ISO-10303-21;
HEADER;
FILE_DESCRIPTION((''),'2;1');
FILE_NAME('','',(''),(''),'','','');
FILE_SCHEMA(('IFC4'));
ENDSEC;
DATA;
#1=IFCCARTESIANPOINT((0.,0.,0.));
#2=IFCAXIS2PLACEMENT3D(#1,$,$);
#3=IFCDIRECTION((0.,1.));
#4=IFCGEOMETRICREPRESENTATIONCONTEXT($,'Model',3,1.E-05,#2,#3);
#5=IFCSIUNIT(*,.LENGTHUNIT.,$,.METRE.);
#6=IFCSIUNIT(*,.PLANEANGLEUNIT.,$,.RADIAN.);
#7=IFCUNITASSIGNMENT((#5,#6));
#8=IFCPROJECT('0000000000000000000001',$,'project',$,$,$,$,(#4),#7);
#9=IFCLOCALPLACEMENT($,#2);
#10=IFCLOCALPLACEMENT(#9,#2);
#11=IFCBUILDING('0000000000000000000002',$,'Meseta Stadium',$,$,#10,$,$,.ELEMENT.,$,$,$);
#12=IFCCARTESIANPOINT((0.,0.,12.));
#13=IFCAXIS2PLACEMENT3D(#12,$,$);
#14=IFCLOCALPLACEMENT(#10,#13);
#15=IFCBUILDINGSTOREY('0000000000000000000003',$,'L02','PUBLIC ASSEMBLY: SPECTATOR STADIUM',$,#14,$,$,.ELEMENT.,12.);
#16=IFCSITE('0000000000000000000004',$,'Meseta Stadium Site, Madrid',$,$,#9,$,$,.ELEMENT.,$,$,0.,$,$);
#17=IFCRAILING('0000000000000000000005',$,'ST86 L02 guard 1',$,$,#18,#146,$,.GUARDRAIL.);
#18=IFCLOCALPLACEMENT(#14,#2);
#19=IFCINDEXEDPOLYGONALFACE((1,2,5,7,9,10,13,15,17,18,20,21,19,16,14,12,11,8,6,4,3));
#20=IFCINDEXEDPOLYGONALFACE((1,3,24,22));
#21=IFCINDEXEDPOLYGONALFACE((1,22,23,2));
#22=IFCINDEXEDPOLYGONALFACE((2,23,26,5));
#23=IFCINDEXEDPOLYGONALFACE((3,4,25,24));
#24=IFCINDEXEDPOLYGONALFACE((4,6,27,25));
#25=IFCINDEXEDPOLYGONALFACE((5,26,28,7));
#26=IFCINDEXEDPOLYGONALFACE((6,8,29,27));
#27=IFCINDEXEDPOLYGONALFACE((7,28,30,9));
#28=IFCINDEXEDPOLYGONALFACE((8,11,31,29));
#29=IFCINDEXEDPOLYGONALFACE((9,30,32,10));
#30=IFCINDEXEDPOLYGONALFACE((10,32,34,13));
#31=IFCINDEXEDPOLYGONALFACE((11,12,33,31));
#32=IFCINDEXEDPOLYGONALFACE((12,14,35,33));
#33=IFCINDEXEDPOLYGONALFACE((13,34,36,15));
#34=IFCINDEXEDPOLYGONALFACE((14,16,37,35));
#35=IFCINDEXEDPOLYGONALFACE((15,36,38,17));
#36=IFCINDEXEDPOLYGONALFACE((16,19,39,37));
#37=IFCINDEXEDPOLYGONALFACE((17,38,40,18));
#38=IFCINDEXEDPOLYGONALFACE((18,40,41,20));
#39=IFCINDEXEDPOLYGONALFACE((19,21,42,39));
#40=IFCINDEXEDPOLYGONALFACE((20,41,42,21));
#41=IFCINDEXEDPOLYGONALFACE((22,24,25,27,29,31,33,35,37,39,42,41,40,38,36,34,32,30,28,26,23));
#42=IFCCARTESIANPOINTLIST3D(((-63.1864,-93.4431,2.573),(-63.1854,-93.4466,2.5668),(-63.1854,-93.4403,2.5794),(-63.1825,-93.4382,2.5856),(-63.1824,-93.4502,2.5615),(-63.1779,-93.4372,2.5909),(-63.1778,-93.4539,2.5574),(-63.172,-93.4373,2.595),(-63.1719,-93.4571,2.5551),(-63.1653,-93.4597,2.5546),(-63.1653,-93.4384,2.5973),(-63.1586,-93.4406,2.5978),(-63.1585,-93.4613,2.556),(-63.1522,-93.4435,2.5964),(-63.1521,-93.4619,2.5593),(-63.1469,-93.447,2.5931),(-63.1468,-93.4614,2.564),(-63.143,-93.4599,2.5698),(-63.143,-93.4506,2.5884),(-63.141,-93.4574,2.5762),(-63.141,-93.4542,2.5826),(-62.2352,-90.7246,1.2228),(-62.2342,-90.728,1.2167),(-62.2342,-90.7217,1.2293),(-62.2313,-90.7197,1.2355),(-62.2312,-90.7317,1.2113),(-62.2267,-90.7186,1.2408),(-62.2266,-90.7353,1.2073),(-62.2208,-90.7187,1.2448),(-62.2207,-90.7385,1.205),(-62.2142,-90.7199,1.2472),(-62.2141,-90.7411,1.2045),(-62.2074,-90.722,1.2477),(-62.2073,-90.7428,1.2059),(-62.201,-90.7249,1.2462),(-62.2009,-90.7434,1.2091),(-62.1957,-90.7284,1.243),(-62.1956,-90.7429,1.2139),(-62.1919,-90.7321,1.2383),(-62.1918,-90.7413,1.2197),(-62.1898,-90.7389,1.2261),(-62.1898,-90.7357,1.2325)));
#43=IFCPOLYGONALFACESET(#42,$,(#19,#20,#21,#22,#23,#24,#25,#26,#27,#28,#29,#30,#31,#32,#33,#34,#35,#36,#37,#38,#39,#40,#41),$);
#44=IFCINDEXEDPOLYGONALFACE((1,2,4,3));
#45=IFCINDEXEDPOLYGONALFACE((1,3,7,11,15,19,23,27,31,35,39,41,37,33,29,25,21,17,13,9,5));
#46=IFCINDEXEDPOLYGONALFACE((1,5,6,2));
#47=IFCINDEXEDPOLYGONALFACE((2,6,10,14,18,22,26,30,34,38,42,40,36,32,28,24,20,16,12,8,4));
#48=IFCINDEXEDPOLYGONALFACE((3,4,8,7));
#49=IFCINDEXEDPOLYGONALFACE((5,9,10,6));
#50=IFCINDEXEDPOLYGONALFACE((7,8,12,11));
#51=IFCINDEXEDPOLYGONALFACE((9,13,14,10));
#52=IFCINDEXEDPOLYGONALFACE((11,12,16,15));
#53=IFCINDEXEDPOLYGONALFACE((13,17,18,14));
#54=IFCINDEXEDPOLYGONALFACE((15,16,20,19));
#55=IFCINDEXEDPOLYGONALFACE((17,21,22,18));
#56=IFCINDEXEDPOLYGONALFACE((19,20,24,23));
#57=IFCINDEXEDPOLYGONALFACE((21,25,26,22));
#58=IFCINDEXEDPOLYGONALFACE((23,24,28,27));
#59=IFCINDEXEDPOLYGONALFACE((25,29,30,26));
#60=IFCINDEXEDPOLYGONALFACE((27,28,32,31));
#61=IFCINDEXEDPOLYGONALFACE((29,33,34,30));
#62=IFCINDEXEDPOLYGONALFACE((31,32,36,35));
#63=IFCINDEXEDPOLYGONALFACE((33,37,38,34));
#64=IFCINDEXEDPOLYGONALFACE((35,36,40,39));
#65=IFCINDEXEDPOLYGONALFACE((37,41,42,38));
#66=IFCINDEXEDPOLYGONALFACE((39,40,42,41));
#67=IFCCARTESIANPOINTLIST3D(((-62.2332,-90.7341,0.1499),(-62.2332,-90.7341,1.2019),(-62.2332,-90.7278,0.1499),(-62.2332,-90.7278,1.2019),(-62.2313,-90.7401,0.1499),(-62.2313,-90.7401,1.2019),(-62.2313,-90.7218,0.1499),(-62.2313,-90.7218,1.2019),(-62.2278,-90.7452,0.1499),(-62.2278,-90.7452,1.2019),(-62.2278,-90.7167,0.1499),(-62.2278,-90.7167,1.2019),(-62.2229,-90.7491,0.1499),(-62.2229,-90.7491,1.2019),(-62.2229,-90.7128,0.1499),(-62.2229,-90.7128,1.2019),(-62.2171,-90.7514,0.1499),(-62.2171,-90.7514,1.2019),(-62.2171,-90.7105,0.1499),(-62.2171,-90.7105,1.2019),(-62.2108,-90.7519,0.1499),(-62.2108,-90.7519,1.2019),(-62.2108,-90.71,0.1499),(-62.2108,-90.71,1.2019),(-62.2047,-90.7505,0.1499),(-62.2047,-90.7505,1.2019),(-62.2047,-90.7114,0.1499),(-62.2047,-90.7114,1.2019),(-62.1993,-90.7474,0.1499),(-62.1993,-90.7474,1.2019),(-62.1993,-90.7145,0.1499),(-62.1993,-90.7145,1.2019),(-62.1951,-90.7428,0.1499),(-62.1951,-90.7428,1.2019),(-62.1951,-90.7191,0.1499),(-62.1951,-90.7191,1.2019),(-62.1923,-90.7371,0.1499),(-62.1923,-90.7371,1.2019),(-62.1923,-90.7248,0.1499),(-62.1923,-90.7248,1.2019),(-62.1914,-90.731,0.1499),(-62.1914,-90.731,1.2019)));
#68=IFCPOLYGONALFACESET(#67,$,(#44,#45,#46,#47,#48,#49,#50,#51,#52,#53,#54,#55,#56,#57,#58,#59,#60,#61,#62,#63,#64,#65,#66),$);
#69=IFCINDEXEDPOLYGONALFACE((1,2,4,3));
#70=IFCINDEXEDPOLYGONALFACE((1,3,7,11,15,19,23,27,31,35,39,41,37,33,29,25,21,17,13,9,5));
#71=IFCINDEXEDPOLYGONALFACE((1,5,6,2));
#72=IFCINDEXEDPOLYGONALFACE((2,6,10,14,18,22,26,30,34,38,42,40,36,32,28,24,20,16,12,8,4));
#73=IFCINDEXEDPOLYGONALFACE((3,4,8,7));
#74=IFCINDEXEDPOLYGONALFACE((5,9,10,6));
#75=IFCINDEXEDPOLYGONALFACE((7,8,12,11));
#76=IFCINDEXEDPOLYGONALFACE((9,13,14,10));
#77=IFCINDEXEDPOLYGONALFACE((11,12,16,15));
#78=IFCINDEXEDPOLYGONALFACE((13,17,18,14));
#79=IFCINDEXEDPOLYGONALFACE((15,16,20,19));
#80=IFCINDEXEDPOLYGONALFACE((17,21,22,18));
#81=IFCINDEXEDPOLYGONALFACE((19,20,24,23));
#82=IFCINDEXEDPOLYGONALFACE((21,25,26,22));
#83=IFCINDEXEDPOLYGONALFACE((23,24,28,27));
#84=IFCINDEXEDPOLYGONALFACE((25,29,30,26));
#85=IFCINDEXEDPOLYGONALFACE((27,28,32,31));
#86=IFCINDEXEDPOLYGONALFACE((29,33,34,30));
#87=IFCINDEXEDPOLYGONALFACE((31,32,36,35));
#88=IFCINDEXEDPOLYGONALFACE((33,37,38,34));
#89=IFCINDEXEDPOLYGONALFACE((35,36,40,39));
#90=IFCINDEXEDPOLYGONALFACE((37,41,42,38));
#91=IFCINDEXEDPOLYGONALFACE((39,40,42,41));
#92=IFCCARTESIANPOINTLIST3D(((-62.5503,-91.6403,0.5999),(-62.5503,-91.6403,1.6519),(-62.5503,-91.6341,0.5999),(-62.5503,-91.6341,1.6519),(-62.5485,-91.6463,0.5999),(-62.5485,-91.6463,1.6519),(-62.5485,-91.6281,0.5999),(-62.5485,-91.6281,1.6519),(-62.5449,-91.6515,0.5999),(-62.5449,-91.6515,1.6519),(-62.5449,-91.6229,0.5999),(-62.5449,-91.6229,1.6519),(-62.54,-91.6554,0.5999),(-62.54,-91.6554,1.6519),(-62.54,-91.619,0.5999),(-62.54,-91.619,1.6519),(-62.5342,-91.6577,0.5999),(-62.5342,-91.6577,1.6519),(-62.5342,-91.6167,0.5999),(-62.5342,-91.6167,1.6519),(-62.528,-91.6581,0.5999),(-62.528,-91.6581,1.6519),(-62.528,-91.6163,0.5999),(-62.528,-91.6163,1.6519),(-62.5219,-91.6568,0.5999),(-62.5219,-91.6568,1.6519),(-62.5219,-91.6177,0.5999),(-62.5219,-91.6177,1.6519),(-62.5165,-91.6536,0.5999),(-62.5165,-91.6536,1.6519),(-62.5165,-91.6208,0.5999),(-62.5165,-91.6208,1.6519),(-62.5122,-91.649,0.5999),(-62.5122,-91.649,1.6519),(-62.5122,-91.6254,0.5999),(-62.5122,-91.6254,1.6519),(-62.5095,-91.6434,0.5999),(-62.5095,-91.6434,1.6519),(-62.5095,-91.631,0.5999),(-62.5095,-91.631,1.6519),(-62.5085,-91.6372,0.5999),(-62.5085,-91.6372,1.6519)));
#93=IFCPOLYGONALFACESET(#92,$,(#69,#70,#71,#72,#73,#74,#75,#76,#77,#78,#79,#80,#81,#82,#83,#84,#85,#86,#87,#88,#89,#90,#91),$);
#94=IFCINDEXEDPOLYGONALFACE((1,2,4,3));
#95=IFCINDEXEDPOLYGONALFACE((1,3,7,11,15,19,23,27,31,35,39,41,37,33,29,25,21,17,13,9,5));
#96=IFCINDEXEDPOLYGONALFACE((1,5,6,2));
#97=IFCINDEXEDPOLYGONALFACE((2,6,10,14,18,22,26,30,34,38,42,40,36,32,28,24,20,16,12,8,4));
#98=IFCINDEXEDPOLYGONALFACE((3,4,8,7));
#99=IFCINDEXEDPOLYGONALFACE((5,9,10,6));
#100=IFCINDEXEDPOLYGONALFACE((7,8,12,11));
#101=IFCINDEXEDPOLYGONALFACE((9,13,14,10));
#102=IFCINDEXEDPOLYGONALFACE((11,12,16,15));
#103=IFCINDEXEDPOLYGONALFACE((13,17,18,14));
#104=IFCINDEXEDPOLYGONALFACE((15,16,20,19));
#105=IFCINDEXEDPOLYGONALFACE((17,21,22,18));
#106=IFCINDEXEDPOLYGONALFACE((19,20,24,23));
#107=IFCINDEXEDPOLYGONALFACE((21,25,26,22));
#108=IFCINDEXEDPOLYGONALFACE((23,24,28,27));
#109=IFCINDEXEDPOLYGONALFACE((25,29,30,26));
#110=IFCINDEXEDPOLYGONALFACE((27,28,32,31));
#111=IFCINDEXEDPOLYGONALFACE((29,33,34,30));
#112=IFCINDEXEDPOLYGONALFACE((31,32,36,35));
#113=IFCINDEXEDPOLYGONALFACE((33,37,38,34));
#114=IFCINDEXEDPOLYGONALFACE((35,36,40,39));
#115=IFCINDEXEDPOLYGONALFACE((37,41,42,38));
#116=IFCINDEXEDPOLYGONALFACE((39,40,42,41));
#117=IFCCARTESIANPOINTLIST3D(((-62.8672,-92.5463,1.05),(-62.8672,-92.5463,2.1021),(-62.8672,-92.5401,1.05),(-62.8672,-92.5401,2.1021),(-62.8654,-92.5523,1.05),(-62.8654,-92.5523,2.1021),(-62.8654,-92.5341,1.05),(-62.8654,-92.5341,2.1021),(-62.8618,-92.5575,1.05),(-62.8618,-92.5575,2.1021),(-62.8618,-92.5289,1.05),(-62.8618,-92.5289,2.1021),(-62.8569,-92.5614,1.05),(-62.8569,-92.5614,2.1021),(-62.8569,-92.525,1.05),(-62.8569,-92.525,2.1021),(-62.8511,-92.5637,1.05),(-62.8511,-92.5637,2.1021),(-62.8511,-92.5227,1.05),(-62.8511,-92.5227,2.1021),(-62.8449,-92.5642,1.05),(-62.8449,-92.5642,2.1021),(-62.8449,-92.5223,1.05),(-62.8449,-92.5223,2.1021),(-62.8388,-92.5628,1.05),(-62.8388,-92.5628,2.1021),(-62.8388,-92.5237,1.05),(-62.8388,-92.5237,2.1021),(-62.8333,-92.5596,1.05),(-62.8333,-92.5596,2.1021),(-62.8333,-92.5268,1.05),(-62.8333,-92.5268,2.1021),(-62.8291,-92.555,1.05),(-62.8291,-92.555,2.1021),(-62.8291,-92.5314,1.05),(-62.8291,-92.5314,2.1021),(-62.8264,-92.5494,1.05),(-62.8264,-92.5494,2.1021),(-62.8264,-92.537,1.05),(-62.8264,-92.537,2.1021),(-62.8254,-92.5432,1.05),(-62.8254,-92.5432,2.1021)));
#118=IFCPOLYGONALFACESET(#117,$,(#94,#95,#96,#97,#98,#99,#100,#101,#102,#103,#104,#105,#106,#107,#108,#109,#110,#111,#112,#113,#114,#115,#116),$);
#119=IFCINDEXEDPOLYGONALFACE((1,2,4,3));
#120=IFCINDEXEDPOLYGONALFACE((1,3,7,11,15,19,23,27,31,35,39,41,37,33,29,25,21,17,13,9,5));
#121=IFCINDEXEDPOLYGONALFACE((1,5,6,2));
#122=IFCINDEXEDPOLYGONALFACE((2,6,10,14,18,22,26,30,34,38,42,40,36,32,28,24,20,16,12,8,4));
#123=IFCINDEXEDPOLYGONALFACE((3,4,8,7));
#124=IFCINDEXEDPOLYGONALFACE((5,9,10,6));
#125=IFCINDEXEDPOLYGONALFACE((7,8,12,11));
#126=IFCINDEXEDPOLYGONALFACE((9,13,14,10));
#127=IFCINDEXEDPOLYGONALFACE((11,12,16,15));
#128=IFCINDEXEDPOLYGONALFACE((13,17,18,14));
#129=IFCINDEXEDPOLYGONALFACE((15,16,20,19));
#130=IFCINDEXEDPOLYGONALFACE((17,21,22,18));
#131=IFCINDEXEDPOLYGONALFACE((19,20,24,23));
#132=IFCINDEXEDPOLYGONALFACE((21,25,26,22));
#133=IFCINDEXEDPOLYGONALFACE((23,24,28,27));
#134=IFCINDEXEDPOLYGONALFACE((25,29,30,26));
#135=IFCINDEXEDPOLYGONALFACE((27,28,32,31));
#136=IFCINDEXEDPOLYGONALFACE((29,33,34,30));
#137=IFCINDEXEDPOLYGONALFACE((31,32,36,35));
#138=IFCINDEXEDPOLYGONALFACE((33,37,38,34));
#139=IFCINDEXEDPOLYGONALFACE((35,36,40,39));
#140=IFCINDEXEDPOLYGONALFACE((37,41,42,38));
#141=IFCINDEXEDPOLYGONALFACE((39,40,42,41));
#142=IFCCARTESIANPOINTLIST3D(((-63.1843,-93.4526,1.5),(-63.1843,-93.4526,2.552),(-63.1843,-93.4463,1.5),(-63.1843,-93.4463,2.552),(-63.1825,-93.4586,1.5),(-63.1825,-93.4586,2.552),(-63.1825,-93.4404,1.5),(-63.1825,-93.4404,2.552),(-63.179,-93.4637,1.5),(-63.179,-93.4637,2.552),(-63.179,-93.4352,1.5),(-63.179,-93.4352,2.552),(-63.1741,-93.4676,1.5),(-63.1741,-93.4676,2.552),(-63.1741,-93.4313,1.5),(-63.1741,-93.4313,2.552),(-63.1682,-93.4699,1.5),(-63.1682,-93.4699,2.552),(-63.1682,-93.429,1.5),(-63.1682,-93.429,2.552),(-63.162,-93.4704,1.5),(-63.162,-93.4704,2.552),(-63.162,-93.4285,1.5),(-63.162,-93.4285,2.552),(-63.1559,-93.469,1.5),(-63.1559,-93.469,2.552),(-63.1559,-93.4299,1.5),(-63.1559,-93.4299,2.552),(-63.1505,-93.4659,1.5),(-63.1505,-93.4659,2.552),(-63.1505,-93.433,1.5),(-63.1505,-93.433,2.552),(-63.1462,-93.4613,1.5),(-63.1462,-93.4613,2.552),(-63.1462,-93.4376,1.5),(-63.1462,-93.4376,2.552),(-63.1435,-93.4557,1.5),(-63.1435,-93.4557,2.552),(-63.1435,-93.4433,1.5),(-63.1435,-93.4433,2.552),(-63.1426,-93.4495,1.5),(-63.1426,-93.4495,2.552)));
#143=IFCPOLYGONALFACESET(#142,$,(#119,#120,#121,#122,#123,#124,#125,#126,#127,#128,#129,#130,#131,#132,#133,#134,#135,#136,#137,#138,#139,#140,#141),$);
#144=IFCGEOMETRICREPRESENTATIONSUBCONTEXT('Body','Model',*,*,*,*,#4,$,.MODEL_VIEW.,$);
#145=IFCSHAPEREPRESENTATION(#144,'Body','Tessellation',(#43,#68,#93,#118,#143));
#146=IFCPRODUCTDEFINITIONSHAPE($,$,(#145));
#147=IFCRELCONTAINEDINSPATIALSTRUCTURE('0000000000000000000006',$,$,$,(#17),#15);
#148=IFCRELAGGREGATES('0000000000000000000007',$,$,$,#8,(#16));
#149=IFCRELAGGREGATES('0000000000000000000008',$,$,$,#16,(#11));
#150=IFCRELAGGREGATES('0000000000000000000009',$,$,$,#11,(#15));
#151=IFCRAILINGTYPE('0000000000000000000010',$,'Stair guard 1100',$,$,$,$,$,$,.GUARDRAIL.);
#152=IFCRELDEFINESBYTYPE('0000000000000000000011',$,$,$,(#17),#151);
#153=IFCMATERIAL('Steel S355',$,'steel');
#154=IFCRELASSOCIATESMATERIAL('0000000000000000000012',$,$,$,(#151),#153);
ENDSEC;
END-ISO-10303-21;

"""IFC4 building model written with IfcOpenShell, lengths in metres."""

from ifc_helpers import new_model, si_unit, direction, frame, origin, origin_2d, place, context, subcontext, project, spatial, circle, extrude, material, type_object, element, save


model = new_model("IFC4")

# Units and contexts
model_context = context("Model", 3, precision=1e-05, world=origin(), true_north=direction((0.0, 1.0)))
body_context = subcontext(model_context, "Body", "Model", "MODEL_VIEW")
ifc_project = project(units=[si_unit("LENGTHUNIT", "METRE"), si_unit("PLANEANGLEUNIT", "RADIAN")], contexts=[model_context])

# Site, building, storey
site_placement = place(None, origin())
site = spatial("IfcSite", under=ifc_project, at=site_placement, Name="Meseta Stadium Site, Madrid", CompositionType="ELEMENT", RefElevation=0.0)
building_placement = place(site_placement, origin())
building = spatial("IfcBuilding", under=site, at=building_placement, Name="Meseta Stadium", CompositionType="ELEMENT")
storey_placement = place(building_placement, frame((0.0, 0.0, 12.0)))
storey = spatial("IfcBuildingStorey", under=building, at=storey_placement, Name="L02", Description="PUBLIC ASSEMBLY: SPECTATOR STADIUM", CompositionType="ELEMENT", Elevation=12.0)

# Railing
ifc_material_1 = material(Name="Steel S355", Category="steel")
railing_type_1 = type_object("IfcRailingType", Name="Stair guard 1100", PredefinedType="GUARDRAIL", material=ifc_material_1)
railing_1_placement = place(storey_placement, frame((-62.2124, -90.731, 0.1499)))
element("IfcRailing", 1, at=railing_1_placement, inside=storey, type_object=railing_type_1, Name="ST86 L02 guard 1", PredefinedType="GUARDRAIL", context=body_context, shape_type="SweptSolid", body=[
    extrude(circle(Radius=0.0239, at=origin_2d()), frame((0.0, 0.0, 1.0762), z_axis=(-0.299031, -0.854649, 0.424446), x_axis=(0.943891, -0.330256, 0.0)), (0.0, 0.0, 1.0), 3.1809),
    extrude(circle(Radius=0.021, at=origin_2d()), origin(), (0.0, 0.0, 1.0), 1.052),
    extrude(circle(Radius=0.021, at=origin_2d()), frame((-0.3171, -0.9062, 0.45)), (0.0, 0.0, 1.0), 1.052),
    extrude(circle(Radius=0.021, at=origin_2d()), frame((-0.634, -1.8123, 0.9001)), (0.0, 0.0, 1.0), 1.052),
    extrude(circle(Radius=0.021, at=origin_2d()), frame((-0.9512, -2.7185, 1.3501)), (0.0, 0.0, 1.0), 1.052),
])

save(model, "model.ifc")
